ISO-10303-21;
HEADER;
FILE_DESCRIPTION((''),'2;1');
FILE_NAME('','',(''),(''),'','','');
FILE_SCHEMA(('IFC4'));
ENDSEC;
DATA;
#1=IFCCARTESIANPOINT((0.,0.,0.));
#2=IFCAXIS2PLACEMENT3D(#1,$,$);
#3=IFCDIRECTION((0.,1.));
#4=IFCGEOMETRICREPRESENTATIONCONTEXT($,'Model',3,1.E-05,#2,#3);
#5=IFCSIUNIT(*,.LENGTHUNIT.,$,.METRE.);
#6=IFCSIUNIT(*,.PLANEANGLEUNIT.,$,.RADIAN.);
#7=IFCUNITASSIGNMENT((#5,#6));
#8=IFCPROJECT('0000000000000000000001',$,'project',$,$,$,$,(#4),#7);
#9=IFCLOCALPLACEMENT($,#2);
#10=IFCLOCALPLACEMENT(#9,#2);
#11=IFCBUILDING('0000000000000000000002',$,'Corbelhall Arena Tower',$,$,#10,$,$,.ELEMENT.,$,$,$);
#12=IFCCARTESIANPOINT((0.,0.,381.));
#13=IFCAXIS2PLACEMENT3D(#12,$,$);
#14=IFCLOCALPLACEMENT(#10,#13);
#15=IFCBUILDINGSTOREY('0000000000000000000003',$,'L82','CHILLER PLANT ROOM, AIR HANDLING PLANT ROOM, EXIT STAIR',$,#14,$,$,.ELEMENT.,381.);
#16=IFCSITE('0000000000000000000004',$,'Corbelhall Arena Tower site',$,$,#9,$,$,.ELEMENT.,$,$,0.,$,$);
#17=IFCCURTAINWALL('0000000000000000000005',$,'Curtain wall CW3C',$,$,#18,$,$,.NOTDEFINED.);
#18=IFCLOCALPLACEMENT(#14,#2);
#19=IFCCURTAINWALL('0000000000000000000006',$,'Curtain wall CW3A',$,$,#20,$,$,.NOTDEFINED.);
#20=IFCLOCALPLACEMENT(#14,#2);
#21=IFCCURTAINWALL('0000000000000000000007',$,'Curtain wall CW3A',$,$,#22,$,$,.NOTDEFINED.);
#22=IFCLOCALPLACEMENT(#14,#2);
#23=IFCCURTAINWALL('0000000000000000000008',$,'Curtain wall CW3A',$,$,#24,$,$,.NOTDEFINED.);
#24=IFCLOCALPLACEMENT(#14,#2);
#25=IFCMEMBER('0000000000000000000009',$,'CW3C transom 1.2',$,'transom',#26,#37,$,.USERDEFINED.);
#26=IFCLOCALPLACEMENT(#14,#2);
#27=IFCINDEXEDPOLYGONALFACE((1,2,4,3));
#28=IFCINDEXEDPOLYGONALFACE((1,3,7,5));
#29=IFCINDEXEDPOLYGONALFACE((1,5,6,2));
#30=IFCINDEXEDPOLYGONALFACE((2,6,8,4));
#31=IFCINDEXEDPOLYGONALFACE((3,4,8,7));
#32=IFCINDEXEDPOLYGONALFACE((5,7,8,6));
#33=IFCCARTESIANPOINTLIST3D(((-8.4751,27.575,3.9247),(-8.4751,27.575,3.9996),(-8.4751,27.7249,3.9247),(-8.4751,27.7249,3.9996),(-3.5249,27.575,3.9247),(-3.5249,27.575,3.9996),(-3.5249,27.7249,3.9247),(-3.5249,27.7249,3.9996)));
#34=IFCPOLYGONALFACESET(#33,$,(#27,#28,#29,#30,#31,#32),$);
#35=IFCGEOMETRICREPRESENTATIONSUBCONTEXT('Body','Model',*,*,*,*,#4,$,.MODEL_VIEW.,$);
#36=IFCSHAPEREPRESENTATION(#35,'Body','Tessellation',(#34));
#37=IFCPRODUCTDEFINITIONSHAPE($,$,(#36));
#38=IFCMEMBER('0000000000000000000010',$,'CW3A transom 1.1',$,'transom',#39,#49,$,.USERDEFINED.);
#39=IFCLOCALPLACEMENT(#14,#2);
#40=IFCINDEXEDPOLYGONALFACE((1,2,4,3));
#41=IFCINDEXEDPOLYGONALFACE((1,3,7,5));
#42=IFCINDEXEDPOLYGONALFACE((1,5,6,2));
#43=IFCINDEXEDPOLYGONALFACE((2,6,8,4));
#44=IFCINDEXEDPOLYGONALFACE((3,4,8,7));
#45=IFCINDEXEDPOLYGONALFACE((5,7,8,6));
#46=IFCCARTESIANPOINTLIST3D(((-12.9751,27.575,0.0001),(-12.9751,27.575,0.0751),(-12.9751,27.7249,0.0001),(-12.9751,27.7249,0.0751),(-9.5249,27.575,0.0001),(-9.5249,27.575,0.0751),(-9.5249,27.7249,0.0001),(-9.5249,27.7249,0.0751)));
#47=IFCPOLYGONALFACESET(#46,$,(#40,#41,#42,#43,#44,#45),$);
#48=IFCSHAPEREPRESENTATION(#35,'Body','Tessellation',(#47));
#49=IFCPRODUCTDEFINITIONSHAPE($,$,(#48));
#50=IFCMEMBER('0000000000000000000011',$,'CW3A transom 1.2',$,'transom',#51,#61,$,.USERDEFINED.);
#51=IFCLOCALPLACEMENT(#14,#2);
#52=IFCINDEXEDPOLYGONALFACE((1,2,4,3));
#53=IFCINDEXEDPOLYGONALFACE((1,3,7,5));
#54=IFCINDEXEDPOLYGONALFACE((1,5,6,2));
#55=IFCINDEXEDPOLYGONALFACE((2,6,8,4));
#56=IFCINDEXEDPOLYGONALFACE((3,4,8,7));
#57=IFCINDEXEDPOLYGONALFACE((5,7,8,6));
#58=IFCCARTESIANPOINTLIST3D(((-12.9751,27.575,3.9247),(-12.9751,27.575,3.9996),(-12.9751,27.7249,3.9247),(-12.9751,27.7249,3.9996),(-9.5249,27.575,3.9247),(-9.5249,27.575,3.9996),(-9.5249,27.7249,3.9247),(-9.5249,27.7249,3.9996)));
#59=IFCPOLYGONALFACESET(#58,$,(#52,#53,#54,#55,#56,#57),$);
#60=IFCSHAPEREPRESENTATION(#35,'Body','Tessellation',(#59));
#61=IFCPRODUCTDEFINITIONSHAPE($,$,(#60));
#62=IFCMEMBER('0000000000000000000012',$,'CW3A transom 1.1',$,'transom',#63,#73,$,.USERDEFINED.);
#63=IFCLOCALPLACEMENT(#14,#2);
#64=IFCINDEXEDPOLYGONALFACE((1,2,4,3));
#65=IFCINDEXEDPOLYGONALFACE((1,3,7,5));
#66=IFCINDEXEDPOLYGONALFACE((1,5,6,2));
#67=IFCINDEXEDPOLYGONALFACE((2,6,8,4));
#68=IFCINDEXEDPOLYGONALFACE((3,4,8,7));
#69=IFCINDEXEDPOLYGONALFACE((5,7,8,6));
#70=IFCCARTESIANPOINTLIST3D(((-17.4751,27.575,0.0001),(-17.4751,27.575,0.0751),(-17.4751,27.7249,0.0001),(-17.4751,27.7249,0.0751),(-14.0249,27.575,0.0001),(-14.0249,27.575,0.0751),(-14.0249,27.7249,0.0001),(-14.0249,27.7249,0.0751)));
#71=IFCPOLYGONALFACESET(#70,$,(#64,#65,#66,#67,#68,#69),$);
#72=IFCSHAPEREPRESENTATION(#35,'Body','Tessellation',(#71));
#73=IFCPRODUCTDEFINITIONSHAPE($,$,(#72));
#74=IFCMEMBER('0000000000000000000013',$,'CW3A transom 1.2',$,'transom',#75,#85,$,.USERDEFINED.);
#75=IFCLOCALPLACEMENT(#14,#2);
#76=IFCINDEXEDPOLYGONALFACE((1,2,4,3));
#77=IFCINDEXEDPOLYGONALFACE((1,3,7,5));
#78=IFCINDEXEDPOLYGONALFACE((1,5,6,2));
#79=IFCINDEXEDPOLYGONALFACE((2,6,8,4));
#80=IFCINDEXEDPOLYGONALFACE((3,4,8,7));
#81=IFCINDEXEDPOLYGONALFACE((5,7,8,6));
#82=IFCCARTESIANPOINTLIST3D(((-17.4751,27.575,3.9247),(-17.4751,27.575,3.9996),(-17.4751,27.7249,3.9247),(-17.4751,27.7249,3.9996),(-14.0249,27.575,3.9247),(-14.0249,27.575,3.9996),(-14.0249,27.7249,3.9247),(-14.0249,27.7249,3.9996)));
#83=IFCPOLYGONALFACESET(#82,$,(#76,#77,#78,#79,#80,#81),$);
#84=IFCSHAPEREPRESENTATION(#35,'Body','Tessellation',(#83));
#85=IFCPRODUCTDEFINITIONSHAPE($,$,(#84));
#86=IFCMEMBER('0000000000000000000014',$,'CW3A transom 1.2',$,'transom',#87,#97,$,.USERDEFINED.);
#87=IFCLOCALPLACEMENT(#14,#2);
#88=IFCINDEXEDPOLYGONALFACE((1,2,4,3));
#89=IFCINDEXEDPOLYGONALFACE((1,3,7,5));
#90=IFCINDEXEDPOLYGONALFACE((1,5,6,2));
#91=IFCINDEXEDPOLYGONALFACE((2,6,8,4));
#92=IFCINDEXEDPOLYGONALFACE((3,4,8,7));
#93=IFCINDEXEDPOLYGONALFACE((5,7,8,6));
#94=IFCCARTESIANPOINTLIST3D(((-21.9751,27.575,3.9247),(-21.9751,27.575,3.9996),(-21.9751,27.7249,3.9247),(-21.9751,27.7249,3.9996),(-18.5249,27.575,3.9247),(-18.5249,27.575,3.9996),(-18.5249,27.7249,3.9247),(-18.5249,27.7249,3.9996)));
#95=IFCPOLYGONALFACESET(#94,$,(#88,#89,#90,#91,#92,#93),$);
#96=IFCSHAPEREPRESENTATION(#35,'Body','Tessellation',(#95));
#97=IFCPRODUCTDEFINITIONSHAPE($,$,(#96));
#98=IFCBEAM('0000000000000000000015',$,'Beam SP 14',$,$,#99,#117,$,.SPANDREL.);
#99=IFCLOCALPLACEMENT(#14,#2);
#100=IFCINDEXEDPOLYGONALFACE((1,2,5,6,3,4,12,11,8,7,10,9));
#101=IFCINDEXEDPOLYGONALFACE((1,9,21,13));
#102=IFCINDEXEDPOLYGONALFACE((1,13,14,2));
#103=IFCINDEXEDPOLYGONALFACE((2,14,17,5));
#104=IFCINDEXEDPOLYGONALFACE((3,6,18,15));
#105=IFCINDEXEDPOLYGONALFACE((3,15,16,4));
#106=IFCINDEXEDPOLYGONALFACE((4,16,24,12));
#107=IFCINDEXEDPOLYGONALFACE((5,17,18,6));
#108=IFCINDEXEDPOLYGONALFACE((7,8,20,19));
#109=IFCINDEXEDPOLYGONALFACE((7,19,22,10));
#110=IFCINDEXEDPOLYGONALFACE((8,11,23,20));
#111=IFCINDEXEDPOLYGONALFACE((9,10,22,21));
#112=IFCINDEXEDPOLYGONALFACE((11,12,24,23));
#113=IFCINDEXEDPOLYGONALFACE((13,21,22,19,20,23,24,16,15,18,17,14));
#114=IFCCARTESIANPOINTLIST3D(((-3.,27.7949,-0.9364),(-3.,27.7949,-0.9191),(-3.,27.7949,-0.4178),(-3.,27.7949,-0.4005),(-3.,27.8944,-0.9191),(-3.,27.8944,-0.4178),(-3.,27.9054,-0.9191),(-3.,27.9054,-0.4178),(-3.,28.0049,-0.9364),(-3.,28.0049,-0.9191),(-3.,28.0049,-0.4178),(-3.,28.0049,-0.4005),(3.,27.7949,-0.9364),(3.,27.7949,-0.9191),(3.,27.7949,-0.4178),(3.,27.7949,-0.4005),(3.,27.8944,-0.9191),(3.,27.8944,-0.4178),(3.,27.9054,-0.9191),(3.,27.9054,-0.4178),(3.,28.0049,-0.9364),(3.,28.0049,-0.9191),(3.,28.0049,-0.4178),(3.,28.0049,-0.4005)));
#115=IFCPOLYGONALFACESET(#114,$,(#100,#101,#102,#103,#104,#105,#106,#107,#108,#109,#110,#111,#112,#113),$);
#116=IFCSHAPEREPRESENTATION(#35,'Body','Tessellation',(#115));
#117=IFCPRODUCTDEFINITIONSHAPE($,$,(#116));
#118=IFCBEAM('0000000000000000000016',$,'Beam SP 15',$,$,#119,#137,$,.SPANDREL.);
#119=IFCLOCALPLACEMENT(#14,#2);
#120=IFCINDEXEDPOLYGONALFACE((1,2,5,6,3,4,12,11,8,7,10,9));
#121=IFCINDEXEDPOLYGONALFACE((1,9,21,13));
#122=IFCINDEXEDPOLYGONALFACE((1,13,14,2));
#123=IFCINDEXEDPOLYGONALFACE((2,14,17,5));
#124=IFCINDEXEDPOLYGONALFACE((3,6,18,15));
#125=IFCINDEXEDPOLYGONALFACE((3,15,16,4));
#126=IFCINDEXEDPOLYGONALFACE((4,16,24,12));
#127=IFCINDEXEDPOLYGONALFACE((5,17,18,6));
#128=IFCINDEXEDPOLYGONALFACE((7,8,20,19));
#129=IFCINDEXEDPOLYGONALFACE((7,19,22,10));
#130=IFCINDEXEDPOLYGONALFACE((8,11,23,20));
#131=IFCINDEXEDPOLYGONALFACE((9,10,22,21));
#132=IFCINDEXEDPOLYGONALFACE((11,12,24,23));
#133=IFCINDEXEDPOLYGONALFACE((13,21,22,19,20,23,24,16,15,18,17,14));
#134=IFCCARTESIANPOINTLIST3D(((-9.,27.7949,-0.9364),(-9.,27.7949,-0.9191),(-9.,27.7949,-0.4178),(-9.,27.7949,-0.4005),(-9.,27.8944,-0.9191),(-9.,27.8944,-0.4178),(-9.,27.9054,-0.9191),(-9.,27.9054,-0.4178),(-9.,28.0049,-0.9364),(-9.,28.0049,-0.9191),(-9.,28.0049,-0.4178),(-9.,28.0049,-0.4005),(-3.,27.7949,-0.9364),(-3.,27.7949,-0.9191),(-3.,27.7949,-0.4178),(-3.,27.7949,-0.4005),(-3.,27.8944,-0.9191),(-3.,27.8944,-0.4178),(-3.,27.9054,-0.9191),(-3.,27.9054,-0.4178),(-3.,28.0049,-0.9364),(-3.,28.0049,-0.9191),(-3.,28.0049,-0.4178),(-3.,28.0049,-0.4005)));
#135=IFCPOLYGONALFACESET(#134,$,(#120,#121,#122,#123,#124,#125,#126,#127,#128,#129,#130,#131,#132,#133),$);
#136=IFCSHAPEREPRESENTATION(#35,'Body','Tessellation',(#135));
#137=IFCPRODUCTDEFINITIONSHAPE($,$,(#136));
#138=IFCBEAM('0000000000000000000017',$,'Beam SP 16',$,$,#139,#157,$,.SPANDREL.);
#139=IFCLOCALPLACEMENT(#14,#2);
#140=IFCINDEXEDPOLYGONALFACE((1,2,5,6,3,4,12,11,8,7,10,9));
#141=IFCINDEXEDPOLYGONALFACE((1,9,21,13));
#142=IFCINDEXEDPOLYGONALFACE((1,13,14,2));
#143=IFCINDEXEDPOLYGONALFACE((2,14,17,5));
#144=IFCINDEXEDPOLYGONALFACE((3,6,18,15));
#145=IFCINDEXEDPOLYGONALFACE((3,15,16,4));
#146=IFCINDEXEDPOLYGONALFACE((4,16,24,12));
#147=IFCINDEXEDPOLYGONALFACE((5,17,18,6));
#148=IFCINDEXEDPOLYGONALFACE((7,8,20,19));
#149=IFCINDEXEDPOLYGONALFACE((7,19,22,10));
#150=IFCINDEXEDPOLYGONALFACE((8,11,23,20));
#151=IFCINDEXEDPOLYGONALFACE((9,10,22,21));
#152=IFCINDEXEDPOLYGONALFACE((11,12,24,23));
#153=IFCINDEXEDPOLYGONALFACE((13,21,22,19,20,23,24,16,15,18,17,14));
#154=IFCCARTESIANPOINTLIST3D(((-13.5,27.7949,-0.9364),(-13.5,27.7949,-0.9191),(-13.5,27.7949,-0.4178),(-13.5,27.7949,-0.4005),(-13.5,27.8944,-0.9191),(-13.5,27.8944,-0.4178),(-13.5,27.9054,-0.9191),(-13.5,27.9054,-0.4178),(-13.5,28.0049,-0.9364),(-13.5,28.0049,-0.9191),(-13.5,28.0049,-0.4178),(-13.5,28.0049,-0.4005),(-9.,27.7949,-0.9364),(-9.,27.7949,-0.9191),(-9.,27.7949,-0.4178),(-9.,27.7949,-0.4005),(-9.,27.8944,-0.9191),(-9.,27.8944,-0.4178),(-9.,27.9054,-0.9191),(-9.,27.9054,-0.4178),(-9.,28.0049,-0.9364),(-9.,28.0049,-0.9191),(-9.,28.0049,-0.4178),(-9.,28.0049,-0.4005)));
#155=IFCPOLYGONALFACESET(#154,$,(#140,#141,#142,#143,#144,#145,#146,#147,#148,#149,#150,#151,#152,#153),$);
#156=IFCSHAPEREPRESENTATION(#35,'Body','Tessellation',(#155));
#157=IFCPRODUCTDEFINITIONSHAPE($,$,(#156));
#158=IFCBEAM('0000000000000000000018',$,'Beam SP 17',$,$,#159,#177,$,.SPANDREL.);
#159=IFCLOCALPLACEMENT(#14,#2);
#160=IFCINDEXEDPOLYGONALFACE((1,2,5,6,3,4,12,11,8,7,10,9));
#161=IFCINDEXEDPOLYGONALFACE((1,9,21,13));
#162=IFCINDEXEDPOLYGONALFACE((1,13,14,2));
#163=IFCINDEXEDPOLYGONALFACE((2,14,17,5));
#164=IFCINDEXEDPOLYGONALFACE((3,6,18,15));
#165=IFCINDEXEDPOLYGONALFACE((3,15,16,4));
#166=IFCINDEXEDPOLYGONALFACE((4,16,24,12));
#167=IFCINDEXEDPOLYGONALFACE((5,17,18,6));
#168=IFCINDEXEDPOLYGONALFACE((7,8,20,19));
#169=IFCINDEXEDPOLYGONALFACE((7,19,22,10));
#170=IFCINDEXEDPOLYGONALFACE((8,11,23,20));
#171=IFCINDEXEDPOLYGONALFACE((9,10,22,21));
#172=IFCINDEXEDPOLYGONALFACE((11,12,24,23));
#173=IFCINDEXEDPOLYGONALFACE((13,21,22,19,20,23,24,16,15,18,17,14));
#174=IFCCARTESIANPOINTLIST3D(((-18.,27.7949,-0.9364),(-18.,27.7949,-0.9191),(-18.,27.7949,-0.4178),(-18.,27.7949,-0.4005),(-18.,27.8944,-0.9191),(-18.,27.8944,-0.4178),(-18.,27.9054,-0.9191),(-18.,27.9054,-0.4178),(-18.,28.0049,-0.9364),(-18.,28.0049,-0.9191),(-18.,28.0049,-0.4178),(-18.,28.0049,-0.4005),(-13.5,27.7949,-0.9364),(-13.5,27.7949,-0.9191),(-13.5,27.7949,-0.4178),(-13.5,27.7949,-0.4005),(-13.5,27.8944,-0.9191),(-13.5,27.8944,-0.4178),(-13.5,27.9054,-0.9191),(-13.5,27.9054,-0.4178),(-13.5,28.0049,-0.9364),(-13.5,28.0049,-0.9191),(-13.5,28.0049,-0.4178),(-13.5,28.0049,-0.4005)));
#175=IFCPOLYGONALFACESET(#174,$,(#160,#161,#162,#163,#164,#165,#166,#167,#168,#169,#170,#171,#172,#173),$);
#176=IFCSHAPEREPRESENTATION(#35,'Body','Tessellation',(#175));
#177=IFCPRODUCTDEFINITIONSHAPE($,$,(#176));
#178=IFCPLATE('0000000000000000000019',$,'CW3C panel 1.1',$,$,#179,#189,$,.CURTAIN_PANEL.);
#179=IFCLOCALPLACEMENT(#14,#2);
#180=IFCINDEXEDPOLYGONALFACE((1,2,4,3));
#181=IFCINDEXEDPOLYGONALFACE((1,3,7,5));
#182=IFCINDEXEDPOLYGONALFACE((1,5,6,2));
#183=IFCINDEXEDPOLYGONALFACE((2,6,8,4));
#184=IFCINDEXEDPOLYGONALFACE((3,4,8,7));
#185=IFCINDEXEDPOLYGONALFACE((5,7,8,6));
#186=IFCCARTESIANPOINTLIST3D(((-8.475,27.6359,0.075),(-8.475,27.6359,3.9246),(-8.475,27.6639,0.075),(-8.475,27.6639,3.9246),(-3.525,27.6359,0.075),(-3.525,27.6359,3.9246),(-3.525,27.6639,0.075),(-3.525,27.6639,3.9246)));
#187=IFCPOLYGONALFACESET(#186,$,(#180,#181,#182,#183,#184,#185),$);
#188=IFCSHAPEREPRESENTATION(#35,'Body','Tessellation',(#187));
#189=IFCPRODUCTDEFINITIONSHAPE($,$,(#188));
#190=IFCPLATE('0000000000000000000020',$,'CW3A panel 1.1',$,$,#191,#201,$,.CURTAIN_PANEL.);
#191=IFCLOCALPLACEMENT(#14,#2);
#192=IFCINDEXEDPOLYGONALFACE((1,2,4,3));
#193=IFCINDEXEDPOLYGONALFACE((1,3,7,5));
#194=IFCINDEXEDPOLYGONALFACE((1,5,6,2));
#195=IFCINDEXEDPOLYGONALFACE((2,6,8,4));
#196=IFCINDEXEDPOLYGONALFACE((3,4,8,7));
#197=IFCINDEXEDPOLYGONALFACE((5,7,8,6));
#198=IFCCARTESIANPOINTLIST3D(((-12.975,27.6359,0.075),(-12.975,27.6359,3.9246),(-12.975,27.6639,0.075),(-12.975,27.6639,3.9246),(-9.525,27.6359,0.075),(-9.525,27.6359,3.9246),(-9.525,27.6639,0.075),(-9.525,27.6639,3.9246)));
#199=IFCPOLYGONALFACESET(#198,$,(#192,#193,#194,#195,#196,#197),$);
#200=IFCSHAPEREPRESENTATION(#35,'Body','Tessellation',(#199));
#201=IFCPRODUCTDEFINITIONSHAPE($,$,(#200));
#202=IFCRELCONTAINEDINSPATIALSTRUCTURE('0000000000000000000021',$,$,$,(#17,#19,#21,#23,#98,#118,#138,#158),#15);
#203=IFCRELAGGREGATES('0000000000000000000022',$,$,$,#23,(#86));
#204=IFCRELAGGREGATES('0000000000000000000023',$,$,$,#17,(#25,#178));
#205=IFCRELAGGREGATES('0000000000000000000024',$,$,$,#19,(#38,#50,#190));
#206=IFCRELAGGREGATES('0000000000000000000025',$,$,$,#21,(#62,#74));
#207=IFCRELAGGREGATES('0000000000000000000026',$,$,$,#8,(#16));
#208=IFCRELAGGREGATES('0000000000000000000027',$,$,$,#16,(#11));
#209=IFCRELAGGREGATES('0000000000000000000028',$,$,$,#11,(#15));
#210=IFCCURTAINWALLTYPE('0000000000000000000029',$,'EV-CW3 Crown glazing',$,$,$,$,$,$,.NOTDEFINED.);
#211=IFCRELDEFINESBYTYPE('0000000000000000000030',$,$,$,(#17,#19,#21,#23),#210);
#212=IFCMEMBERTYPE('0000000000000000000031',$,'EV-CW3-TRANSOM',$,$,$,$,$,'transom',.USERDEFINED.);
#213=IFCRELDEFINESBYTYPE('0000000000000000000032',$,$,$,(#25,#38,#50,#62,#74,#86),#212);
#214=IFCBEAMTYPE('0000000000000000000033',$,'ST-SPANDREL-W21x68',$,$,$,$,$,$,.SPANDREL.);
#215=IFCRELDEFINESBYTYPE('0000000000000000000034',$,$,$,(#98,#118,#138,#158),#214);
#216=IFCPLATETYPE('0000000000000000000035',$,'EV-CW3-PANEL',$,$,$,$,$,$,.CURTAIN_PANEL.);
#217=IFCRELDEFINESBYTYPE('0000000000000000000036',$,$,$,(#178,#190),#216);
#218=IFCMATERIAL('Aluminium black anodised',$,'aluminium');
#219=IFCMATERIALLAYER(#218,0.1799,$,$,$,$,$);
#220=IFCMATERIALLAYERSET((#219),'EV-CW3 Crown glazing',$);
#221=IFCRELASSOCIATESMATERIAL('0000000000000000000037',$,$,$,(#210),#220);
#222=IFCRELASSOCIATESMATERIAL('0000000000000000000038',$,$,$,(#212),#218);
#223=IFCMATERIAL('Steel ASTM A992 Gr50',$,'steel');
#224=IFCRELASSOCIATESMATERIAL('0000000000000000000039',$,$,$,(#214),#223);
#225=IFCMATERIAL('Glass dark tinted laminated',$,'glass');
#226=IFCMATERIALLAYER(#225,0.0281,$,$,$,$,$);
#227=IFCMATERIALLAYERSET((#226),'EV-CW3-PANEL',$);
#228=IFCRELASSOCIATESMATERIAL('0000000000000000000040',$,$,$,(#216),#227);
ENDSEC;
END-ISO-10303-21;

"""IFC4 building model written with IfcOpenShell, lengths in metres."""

from ifc_helpers import new_model, si_unit, direction, frame, origin, origin_2d, place, context, subcontext, project, spatial, rectangle, i_section, extrude, material, layer, layer_set, material_profile, profile_set, type_object, element, aggregate, save


model = new_model("IFC4")

# Units and contexts
model_context = context("Model", 3, precision=1e-05, world=origin(), true_north=direction((0.0, 1.0)))
body_context = subcontext(model_context, "Body", "Model", "MODEL_VIEW")
ifc_project = project(units=[si_unit("LENGTHUNIT", "METRE"), si_unit("PLANEANGLEUNIT", "RADIAN")], contexts=[model_context])

# Site, building, storey
site_placement = place(None, origin())
site = spatial("IfcSite", under=ifc_project, at=site_placement, Name="Corbelhall Arena Tower site", CompositionType="ELEMENT", RefElevation=0.0)
building_placement = place(site_placement, origin())
building = spatial("IfcBuilding", under=site, at=building_placement, Name="Corbelhall Arena Tower", CompositionType="ELEMENT")
storey_placement = place(building_placement, frame((0.0, 0.0, 381.0)))
storey = spatial("IfcBuildingStorey", under=building, at=storey_placement, Name="L82", Description="CHILLER PLANT ROOM, AIR HANDLING PLANT ROOM, EXIT STAIR", CompositionType="ELEMENT", Elevation=381.0)

# Shared definitions
ifc_material_1 = material(Name="Aluminium black anodised", Category="aluminium")
ifc_layer_1 = layer(ifc_material_1, 0.1799)
ifc_layer_set_1 = layer_set([ifc_layer_1], Name="EV-CW3 Crown glazing")
curtain_wall_type = type_object("IfcCurtainWallType", Name="EV-CW3 Crown glazing", PredefinedType="NOTDEFINED", material=ifc_layer_set_1)

# Curtain walls
curtain_wall_1_placement = place(storey_placement, origin())
curtain_wall_1 = element("IfcCurtainWall", 1, at=curtain_wall_1_placement, inside=storey, type_object=curtain_wall_type, Name="Curtain wall CW3C", PredefinedType="NOTDEFINED")
curtain_wall_2_placement = place(storey_placement, origin())
curtain_wall_2 = element("IfcCurtainWall", 2, at=curtain_wall_2_placement, inside=storey, type_object=curtain_wall_type, Name="Curtain wall CW3A", PredefinedType="NOTDEFINED")
curtain_wall_3_placement = place(storey_placement, origin())
curtain_wall_3 = element("IfcCurtainWall", 3, at=curtain_wall_3_placement, inside=storey, type_object=curtain_wall_type, Name="Curtain wall CW3A", PredefinedType="NOTDEFINED")

# Curtain wall
curtain_wall_4_placement = place(storey_placement, origin())
curtain_wall_4 = element("IfcCurtainWall", 4, at=curtain_wall_4_placement, inside=storey, type_object=curtain_wall_type, Name="Curtain wall CW3A", PredefinedType="NOTDEFINED")

# Members
ifc_material_profile_1 = material_profile(ifc_material_1, rectangle(XDim=0.1499, YDim=0.075, at=origin_2d()))
ifc_profile_set_1 = profile_set([ifc_material_profile_1], Name="Aluminium black anodised")
member_type_1 = type_object("IfcMemberType", Name="EV-CW3-TRANSOM", ElementType="transom", PredefinedType="USERDEFINED", material=ifc_profile_set_1)
member_1_placement = place(storey_placement, frame((-3.5249, 27.6499, 3.9622), z_axis=(-1.0, 0.0, 0.0), x_axis=(0.0, -1.0, 0.0)))
member_1 = element("IfcMember", 5, at=member_1_placement, type_object=member_type_1, Name="CW3C transom 1.2", ObjectType="transom", PredefinedType="USERDEFINED", context=body_context, shape_type="SweptSolid", body=[
    extrude(rectangle(XDim=0.1499, YDim=0.075, at=origin_2d()), origin(), (0.0, 0.0, 1.0), 4.9502),
])
member_2_placement = place(storey_placement, frame((-9.5249, 27.6499, 0.0376), z_axis=(-1.0, 0.0, 0.0), x_axis=(0.0, -1.0, 0.0)))
member_2 = element("IfcMember", 6, at=member_2_placement, type_object=member_type_1, Name="CW3A transom 1.1", ObjectType="transom", PredefinedType="USERDEFINED", context=body_context, shape_type="SweptSolid", body=[
    extrude(rectangle(XDim=0.1499, YDim=0.075, at=origin_2d()), origin(), (0.0, 0.0, 1.0), 3.4502),
])
member_3_placement = place(storey_placement, frame((-9.5249, 27.6499, 3.9622), z_axis=(-1.0, 0.0, 0.0), x_axis=(0.0, -1.0, 0.0)))
member_3 = element("IfcMember", 7, at=member_3_placement, type_object=member_type_1, Name="CW3A transom 1.2", ObjectType="transom", PredefinedType="USERDEFINED", context=body_context, shape_type="SweptSolid", body=[
    extrude(rectangle(XDim=0.1499, YDim=0.075, at=origin_2d()), origin(), (0.0, 0.0, 1.0), 3.4502),
])
member_4_placement = place(storey_placement, frame((-14.0249, 27.6499, 0.0376), z_axis=(-1.0, 0.0, 0.0), x_axis=(0.0, -1.0, 0.0)))
member_4 = element("IfcMember", 8, at=member_4_placement, type_object=member_type_1, Name="CW3A transom 1.1", ObjectType="transom", PredefinedType="USERDEFINED", context=body_context, shape_type="SweptSolid", body=[
    extrude(rectangle(XDim=0.1499, YDim=0.075, at=origin_2d()), origin(), (0.0, 0.0, 1.0), 3.4502),
])
member_5_placement = place(storey_placement, frame((-14.0249, 27.6499, 3.9622), z_axis=(-1.0, 0.0, 0.0), x_axis=(0.0, -1.0, 0.0)))
member_5 = element("IfcMember", 9, at=member_5_placement, type_object=member_type_1, Name="CW3A transom 1.2", ObjectType="transom", PredefinedType="USERDEFINED", context=body_context, shape_type="SweptSolid", body=[
    extrude(rectangle(XDim=0.1499, YDim=0.075, at=origin_2d()), origin(), (0.0, 0.0, 1.0), 3.4502),
])
member_6_placement = place(storey_placement, frame((-18.5249, 27.6499, 3.9622), z_axis=(-1.0, 0.0, 0.0), x_axis=(0.0, -1.0, 0.0)))
member_6 = element("IfcMember", 10, at=member_6_placement, type_object=member_type_1, Name="CW3A transom 1.2", ObjectType="transom", PredefinedType="USERDEFINED", context=body_context, shape_type="SweptSolid", body=[
    extrude(rectangle(XDim=0.1499, YDim=0.075, at=origin_2d()), origin(), (0.0, 0.0, 1.0), 3.4502),
])
aggregate(curtain_wall_4, [member_6])

# Beams
ifc_material_2 = material(Name="Steel ASTM A992 Gr50", Category="steel")
ifc_material_profile_2 = material_profile(ifc_material_2, i_section(OverallWidth=0.21, OverallDepth=0.5359, WebThickness=0.011, FlangeThickness=0.0173, at=origin_2d()))
ifc_profile_set_2 = profile_set([ifc_material_profile_2], Name="Steel ASTM A992 Gr50")
beam_type = type_object("IfcBeamType", Name="ST-SPANDREL-W21x68", PredefinedType="SPANDREL", material=ifc_profile_set_2)
for number, where, z_axis, x_axis, name in (
    (11, (-3.0, 27.8999, -0.6685), (1.0, 0.0, 0.0), (0.0, 1.0, 0.0), "Beam SP 14"),
    (12, (-9.0, 27.8999, -0.6685), (1.0, 0.0, 0.0), (0.0, 1.0, 0.0), "Beam SP 15"),
):
    element("IfcBeam", number, at=place(storey_placement, frame(where, z_axis=z_axis, x_axis=x_axis)), inside=storey, type_object=beam_type, Name=name, PredefinedType="SPANDREL", context=body_context, shape_type="SweptSolid", body=[
        extrude(i_section(OverallWidth=0.21, OverallDepth=0.5359, WebThickness=0.011, FlangeThickness=0.0173, at=origin_2d()), origin(), (0.0, 0.0, 1.0), 6.0),
    ])
for number, where, z_axis, x_axis, name in (
    (13, (-13.5, 27.8999, -0.6685), (1.0, 0.0, 0.0), (0.0, 1.0, 0.0), "Beam SP 16"),
    (14, (-18.0, 27.8999, -0.6685), (1.0, 0.0, 0.0), (0.0, 1.0, 0.0), "Beam SP 17"),
):
    element("IfcBeam", number, at=place(storey_placement, frame(where, z_axis=z_axis, x_axis=x_axis)), inside=storey, type_object=beam_type, Name=name, PredefinedType="SPANDREL", context=body_context, shape_type="SweptSolid", body=[
        extrude(i_section(OverallWidth=0.21, OverallDepth=0.5359, WebThickness=0.011, FlangeThickness=0.0173, at=origin_2d()), origin(), (0.0, 0.0, 1.0), 4.5),
    ])

# Plates
ifc_material_3 = material(Name="Glass dark tinted laminated", Category="glass")
ifc_layer_2 = layer(ifc_material_3, 0.0281)
ifc_layer_set_2 = layer_set([ifc_layer_2], Name="EV-CW3-PANEL")
plate_type = type_object("IfcPlateType", Name="EV-CW3-PANEL", PredefinedType="CURTAIN_PANEL", material=ifc_layer_set_2)
plate_1_placement = place(storey_placement, frame((-6.0, 27.6499, 0.075), z_axis=(0.0, 0.0, 1.0), x_axis=(-1.0, 0.0, 0.0)))
plate_1 = element("IfcPlate", 15, at=plate_1_placement, type_object=plate_type, Name="CW3C panel 1.1", PredefinedType="CURTAIN_PANEL", context=body_context, shape_type="SweptSolid", body=[
    extrude(rectangle(XDim=4.95, YDim=0.0281, at=origin_2d()), origin(), (0.0, 0.0, 1.0), 3.8496),
])
aggregate(curtain_wall_1, [member_1, plate_1])
plate_2_placement = place(storey_placement, frame((-11.25, 27.6499, 0.075), z_axis=(0.0, 0.0, 1.0), x_axis=(-1.0, 0.0, 0.0)))
plate_2 = element("IfcPlate", 16, at=plate_2_placement, type_object=plate_type, Name="CW3A panel 1.1", PredefinedType="CURTAIN_PANEL", context=body_context, shape_type="SweptSolid", body=[
    extrude(rectangle(XDim=3.45, YDim=0.0281, at=origin_2d()), origin(), (0.0, 0.0, 1.0), 3.8496),
])
aggregate(curtain_wall_2, [member_2, member_3, plate_2])
aggregate(curtain_wall_3, [member_4, member_5])

save(model, "model.ifc")
